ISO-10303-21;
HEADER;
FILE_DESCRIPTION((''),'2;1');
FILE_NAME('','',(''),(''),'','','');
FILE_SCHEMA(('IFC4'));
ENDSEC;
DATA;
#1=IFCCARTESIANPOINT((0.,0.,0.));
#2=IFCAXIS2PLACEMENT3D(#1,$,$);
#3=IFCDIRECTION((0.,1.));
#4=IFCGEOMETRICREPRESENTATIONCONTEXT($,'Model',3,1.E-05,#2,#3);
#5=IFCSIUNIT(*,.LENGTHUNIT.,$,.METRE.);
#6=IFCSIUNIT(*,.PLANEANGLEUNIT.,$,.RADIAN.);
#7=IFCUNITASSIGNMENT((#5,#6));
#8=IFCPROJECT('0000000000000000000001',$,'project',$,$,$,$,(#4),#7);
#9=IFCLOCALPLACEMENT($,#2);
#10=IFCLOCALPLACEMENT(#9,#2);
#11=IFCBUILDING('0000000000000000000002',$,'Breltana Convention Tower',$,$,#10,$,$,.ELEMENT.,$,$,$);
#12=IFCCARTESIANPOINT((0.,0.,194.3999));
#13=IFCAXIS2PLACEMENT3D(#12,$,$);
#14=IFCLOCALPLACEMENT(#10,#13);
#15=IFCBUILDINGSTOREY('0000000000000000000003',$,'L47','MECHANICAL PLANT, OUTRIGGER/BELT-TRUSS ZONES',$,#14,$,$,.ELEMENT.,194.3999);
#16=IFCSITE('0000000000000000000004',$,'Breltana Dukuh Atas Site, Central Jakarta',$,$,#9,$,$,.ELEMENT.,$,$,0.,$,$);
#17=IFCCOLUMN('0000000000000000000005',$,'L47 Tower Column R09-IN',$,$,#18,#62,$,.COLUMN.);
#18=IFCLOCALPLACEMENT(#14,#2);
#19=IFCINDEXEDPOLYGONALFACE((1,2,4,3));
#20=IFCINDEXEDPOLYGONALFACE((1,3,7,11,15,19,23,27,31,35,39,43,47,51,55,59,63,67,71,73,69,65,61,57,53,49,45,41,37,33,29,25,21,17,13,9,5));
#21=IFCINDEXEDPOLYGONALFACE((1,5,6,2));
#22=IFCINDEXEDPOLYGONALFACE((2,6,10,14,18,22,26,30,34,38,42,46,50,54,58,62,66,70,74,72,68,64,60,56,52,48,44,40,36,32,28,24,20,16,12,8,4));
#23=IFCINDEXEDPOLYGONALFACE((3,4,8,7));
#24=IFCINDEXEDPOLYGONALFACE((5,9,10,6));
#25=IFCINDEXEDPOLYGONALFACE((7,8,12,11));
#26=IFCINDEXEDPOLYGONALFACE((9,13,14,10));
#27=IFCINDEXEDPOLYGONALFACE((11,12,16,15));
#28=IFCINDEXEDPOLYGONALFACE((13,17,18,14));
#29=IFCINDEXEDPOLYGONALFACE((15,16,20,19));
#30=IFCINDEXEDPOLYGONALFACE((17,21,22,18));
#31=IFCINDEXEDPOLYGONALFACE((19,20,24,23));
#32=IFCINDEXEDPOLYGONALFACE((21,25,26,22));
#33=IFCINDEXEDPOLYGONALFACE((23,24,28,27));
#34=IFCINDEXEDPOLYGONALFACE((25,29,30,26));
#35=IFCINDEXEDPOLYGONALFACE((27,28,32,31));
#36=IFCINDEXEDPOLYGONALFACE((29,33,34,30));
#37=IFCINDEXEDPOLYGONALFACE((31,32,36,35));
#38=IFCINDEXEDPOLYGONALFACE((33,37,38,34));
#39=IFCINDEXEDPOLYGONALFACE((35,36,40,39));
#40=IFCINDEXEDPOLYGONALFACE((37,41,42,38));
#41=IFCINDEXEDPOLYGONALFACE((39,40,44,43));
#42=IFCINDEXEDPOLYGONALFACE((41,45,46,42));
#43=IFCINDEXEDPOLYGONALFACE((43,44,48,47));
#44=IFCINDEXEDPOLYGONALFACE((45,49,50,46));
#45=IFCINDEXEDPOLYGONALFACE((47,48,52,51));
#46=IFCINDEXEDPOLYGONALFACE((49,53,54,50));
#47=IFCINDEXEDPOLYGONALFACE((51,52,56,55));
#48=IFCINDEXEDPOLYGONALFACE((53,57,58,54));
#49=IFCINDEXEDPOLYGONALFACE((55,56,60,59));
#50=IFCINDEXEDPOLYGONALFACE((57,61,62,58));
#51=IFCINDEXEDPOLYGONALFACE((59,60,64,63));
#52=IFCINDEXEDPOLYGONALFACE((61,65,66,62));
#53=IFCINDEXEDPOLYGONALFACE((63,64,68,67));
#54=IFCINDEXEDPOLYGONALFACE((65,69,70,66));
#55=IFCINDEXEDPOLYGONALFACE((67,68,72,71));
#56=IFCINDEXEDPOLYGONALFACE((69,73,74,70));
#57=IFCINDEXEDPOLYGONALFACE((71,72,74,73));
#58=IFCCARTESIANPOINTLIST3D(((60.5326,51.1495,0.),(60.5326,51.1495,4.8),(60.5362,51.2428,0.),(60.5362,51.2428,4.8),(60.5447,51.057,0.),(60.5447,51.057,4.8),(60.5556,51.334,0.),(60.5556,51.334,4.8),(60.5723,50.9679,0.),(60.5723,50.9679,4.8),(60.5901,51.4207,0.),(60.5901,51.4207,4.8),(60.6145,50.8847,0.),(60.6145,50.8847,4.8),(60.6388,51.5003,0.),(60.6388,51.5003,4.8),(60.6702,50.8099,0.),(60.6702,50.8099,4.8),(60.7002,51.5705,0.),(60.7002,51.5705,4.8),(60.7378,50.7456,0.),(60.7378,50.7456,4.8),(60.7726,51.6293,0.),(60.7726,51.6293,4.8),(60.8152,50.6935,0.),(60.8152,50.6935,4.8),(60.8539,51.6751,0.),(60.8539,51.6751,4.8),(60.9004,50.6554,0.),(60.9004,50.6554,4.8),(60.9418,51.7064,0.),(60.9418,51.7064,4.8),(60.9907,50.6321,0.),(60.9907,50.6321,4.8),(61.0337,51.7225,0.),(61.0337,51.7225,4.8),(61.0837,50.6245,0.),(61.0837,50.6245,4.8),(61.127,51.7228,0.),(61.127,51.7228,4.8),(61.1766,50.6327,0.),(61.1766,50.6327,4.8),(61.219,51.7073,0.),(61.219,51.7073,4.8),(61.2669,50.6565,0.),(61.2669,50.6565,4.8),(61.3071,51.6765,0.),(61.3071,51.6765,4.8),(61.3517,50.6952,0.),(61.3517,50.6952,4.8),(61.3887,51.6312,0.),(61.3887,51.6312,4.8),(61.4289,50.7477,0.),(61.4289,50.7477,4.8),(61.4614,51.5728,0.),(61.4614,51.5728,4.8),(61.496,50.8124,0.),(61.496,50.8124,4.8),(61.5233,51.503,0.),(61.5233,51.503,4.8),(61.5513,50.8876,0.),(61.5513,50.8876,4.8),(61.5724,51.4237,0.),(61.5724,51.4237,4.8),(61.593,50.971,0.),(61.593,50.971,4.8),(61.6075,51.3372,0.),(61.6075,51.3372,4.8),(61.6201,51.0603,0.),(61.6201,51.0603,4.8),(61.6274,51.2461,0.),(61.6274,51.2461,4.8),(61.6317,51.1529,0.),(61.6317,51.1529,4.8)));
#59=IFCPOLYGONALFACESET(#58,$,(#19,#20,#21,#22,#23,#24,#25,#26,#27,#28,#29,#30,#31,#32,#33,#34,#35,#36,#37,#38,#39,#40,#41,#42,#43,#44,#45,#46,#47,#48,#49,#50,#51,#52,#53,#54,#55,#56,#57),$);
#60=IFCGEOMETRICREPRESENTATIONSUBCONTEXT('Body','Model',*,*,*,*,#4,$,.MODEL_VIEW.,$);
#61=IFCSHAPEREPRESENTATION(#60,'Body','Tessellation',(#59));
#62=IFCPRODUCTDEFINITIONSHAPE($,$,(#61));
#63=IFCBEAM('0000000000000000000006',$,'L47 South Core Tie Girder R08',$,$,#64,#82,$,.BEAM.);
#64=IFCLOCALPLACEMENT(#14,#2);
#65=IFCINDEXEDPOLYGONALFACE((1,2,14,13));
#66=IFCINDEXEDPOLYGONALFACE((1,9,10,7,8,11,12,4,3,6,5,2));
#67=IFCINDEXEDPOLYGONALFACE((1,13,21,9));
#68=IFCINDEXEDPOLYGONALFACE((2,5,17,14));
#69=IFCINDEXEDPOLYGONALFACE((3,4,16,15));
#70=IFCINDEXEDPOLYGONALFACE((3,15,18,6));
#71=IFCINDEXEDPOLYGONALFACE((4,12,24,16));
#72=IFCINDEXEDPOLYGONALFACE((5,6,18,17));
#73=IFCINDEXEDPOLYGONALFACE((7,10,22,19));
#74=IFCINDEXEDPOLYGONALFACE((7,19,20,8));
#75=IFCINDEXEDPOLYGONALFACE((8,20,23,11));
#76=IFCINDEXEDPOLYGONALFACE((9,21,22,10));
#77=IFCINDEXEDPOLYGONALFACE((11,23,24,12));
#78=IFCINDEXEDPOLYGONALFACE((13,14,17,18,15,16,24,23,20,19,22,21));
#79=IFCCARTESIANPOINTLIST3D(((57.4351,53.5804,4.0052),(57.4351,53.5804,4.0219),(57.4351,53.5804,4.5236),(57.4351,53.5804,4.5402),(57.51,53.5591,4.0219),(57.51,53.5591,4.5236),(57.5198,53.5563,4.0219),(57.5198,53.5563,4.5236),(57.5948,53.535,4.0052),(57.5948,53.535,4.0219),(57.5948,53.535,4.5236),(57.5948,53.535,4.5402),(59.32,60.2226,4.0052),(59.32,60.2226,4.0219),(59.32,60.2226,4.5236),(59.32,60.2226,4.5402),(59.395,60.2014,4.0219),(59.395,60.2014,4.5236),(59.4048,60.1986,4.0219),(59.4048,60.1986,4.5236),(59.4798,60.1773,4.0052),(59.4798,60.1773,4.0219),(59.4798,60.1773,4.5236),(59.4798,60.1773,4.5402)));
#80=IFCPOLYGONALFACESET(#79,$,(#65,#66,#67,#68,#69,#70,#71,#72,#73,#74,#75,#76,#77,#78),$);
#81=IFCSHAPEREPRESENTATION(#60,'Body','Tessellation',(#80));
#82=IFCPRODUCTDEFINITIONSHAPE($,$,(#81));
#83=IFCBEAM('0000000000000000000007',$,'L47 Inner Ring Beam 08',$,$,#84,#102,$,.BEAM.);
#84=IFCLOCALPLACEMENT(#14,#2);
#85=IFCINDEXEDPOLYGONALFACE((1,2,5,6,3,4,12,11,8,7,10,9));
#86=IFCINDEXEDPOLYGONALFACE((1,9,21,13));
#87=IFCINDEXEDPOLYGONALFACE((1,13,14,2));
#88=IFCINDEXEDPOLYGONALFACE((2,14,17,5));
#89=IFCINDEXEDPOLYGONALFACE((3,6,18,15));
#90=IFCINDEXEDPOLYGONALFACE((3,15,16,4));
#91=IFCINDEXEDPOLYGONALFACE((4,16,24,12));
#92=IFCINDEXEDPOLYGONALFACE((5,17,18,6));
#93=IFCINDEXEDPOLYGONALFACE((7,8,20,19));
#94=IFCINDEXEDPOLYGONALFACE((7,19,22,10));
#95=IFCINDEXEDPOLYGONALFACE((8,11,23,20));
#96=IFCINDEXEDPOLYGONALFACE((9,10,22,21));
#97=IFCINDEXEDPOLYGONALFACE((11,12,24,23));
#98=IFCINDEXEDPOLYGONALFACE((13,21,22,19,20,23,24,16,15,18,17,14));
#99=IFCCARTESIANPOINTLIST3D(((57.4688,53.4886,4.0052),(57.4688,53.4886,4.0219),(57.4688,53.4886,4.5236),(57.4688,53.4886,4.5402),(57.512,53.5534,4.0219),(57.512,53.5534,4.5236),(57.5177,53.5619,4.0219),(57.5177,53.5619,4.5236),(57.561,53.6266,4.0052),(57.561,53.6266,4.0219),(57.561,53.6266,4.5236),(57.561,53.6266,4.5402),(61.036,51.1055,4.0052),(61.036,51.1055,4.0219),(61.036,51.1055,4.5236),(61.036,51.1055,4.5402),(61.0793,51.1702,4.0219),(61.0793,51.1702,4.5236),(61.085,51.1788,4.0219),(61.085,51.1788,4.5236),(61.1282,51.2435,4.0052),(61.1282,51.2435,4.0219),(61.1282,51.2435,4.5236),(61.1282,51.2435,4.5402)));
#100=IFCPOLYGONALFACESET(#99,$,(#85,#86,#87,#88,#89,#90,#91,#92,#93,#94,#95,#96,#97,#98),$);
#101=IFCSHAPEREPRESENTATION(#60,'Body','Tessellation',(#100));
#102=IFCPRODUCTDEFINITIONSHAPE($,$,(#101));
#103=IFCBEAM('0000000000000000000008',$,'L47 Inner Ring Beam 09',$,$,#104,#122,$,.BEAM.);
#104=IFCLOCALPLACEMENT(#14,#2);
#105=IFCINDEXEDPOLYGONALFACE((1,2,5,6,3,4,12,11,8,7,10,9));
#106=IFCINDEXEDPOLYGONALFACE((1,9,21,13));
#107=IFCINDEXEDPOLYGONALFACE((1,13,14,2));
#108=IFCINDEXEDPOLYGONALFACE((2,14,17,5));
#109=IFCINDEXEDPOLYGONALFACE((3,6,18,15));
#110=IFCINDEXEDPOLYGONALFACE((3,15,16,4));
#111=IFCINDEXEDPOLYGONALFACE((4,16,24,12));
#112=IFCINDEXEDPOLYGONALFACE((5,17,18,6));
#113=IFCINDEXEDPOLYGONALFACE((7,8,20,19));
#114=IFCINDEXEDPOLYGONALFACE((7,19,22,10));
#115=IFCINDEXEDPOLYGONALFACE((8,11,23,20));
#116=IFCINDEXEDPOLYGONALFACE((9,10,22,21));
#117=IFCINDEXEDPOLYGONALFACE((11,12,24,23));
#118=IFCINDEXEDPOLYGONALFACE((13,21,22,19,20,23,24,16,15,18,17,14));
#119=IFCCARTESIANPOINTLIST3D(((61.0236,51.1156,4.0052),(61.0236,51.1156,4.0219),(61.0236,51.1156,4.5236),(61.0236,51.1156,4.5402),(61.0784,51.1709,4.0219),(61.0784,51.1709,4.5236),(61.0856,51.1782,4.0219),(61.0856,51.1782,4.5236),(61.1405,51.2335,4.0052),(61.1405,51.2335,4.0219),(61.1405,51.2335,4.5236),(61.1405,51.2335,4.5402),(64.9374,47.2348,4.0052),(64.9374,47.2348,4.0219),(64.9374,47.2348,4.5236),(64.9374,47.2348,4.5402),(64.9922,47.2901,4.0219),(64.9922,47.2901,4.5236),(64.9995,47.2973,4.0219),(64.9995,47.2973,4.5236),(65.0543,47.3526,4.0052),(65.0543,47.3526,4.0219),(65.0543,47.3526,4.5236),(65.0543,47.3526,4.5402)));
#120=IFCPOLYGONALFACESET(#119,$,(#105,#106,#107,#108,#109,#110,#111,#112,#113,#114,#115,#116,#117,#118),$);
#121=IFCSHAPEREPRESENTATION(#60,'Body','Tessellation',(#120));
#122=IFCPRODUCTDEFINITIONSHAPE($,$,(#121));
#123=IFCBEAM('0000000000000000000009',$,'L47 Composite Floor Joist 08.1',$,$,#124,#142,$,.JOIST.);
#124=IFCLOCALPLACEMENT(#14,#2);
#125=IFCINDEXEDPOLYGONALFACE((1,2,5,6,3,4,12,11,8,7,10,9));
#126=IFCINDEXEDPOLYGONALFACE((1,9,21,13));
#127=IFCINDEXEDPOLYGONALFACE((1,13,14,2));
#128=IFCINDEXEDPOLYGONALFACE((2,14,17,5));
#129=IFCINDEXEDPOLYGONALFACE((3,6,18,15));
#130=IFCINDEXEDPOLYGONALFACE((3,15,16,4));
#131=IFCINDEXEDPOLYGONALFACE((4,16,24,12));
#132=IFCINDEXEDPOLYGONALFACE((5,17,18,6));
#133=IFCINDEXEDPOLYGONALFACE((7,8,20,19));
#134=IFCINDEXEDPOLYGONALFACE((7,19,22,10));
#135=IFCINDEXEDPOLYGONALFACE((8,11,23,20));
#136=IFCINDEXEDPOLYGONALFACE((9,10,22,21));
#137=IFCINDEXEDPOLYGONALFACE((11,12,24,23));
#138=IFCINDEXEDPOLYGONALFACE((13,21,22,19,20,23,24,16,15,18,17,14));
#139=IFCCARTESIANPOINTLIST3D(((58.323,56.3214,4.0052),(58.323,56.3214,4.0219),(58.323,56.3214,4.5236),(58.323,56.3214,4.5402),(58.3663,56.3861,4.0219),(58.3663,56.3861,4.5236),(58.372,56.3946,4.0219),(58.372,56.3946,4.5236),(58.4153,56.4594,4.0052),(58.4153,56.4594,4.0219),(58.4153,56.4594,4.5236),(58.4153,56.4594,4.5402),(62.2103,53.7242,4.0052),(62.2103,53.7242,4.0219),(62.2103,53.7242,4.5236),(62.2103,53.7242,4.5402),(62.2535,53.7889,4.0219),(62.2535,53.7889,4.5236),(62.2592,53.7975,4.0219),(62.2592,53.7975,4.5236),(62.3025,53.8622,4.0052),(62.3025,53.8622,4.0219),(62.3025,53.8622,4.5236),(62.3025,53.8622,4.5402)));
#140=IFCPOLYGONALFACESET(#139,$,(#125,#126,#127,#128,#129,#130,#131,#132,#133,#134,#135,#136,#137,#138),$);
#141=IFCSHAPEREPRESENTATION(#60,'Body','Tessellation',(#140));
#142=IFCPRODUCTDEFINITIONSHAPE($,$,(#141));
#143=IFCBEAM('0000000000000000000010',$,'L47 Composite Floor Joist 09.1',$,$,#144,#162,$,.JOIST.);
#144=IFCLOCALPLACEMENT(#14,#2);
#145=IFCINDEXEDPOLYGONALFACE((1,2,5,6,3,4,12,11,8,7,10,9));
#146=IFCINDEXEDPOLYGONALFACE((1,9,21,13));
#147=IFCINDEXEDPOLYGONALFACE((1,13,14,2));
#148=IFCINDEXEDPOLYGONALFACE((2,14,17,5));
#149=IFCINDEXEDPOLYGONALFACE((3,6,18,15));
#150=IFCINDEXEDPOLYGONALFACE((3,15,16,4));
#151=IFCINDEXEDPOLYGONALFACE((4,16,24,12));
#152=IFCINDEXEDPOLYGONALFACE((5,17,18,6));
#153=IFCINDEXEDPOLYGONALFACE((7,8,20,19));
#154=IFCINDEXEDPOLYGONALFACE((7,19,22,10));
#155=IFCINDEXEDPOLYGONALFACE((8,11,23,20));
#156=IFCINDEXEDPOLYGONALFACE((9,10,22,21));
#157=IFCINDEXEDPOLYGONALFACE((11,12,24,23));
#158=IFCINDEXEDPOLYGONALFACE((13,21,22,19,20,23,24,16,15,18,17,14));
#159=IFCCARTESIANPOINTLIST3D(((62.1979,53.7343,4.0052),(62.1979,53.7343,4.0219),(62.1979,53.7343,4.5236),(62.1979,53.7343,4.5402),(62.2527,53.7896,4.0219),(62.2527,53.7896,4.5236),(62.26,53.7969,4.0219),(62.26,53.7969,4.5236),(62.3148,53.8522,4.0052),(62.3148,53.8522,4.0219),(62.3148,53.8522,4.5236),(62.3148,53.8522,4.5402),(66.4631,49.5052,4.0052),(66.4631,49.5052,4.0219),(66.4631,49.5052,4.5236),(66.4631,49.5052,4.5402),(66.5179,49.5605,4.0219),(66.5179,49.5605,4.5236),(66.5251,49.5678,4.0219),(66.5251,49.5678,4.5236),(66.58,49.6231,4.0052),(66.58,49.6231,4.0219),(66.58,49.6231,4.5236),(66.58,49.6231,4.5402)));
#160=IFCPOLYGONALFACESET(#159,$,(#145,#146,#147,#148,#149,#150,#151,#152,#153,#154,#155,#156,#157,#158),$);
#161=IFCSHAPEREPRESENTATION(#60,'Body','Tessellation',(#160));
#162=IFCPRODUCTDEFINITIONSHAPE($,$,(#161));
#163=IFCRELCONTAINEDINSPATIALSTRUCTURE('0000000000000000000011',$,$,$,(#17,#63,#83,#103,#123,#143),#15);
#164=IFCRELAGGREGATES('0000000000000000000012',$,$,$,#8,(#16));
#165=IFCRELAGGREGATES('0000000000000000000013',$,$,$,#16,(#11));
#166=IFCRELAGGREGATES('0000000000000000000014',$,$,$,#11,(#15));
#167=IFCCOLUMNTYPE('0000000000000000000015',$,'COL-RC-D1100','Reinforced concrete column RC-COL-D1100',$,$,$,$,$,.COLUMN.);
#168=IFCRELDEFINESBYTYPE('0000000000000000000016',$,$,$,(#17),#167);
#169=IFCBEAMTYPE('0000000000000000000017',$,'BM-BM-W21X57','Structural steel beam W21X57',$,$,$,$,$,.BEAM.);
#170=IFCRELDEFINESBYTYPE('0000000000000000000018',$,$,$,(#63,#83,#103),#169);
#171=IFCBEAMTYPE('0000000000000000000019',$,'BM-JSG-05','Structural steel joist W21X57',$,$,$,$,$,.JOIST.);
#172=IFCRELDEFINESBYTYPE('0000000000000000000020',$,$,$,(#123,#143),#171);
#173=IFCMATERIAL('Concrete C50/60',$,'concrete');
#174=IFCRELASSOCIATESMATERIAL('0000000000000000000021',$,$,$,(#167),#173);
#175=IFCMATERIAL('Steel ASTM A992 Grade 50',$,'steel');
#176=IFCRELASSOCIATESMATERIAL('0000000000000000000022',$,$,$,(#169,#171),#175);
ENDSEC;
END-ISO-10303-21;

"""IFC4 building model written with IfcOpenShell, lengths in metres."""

from ifc_helpers import new_model, si_unit, direction, frame, origin, origin_2d, place, context, subcontext, project, spatial, circle, i_section, extrude, source, transform, mapped, material, material_profile, profile_set, type_object, type_shapes, element, save


model = new_model("IFC4")

# Units and contexts
model_context = context("Model", 3, precision=1e-05, world=origin(), true_north=direction((0.0, 1.0)))
body_context = subcontext(model_context, "Body", "Model", "MODEL_VIEW")
ifc_project = project(units=[si_unit("LENGTHUNIT", "METRE"), si_unit("PLANEANGLEUNIT", "RADIAN")], contexts=[model_context])

# Site, building, storey
site_placement = place(None, origin())
site = spatial("IfcSite", under=ifc_project, at=site_placement, Name="Breltana Dukuh Atas Site, Central Jakarta", CompositionType="ELEMENT", RefElevation=0.0)
building_placement = place(site_placement, origin())
building = spatial("IfcBuilding", under=site, at=building_placement, Name="Breltana Convention Tower", CompositionType="ELEMENT")
storey_placement = place(building_placement, frame((0.0, 0.0, 194.3999)))
storey = spatial("IfcBuildingStorey", under=building, at=storey_placement, Name="L47", Description="MECHANICAL PLANT, OUTRIGGER/BELT-TRUSS ZONES", CompositionType="ELEMENT", Elevation=194.3999)

# Column
ifc_material_1 = material(Name="Concrete C50/60", Category="concrete")
ifc_material_profile_1 = material_profile(ifc_material_1, circle(Radius=0.55, at=origin_2d()), Name="RC-COL-D1100")
ifc_profile_set_1 = profile_set([ifc_material_profile_1], Name="Concrete C50/60")
column_type = type_object("IfcColumnType", Name="COL-RC-D1100", Description="Reinforced concrete column RC-COL-D1100", PredefinedType="COLUMN", material=ifc_profile_set_1)
shared_shape_1 = source(origin(), body_context, "Body", "SweptSolid", [
    extrude(circle(Radius=0.55, at=origin_2d()), origin(), (0.0, 0.0, 1.0), 4.8),
])
for number, where, z_axis, x_axis, name in (
    (1, (61.082, 51.1746, 0.0), (0.0, 0.0, 1.0), (0.409127, 0.912477, 0.0), "L47 Tower Column R09-IN"),
):
    element("IfcColumn", number, at=place(storey_placement, frame(where, z_axis=z_axis, x_axis=x_axis)), inside=storey, type_object=column_type, Name=name, PredefinedType="COLUMN", context=body_context, shape_type="MappedRepresentation", body=[
        mapped(shared_shape_1, transform((0.0, 0.0, 0.0), scale=1.0)),
    ])

# Beams
ifc_material_2 = material(Name="Steel ASTM A992 Grade 50", Category="steel")
ifc_material_profile_2 = material_profile(ifc_material_2, i_section(OverallWidth=0.166, OverallDepth=0.5349, WebThickness=0.0103, FlangeThickness=0.0166, at=origin_2d()), Name="W21X57")
ifc_profile_set_2 = profile_set([ifc_material_profile_2], Name="Steel ASTM A992 Grade 50")
beam_type_1 = type_object("IfcBeamType", Name="BM-BM-W21X57", Description="Structural steel beam W21X57", PredefinedType="BEAM", material=ifc_profile_set_2)
shared_shape_2 = source(origin(), body_context, "Body", "SweptSolid", [
    extrude(i_section(OverallWidth=0.166, OverallDepth=0.5349, WebThickness=0.0103, FlangeThickness=0.0166, at=origin_2d()), origin(), (0.0, 0.0, 1.0), 6.9045),
])
type_shapes(beam_type_1, [shared_shape_2])
beam_1_placement = place(storey_placement, frame((59.3999, 60.2, 4.2727), z_axis=(-0.273007, -0.962012, 0.0), x_axis=(0.962012, -0.273007, 0.0)))
element("IfcBeam", 2, at=beam_1_placement, inside=storey, type_object=beam_type_1, Name="L47 South Core Tie Girder R08", PredefinedType="BEAM", context=body_context, shape_type="MappedRepresentation", body=[
    mapped(shared_shape_2, transform((0.0, 0.0, 0.0), scale=1.0)),
])
shared_shape_3 = source(origin(), body_context, "Body", "SweptSolid", [
    extrude(i_section(OverallWidth=0.166, OverallDepth=0.5349, WebThickness=0.0103, FlangeThickness=0.0166, at=origin_2d()), origin(), (0.0, 0.0, 1.0), 4.29),
])
beam_2_placement = place(storey_placement, frame((57.5149, 53.5576, 4.2727), z_axis=(0.831516, -0.555501, 0.0), x_axis=(0.555501, 0.831516, 0.0)))
element("IfcBeam", 3, at=beam_2_placement, inside=storey, type_object=beam_type_1, Name="L47 Inner Ring Beam 08", PredefinedType="BEAM", context=body_context, shape_type="MappedRepresentation", body=[
    mapped(shared_shape_3, transform((0.0, 0.0, 0.0), scale=1.0)),
])
shared_shape_4 = source(origin(), body_context, "Body", "SweptSolid", [
    extrude(i_section(OverallWidth=0.166, OverallDepth=0.5349, WebThickness=0.0103, FlangeThickness=0.0166, at=origin_2d()), origin(), (0.0, 0.0, 1.0), 5.5117),
])
beam_3_placement = place(storey_placement, frame((61.082, 51.1746, 4.2727), z_axis=(0.71009, -0.704111, 0.0), x_axis=(0.704111, 0.71009, 0.0)))
element("IfcBeam", 4, at=beam_3_placement, inside=storey, type_object=beam_type_1, Name="L47 Inner Ring Beam 09", PredefinedType="BEAM", context=body_context, shape_type="MappedRepresentation", body=[
    mapped(shared_shape_4, transform((0.0, 0.0, 0.0), scale=1.0)),
])
ifc_material_profile_3 = material_profile(ifc_material_2, i_section(OverallWidth=0.166, OverallDepth=0.5349, WebThickness=0.0103, FlangeThickness=0.0166, at=origin_2d()), Name="W21X57")
ifc_profile_set_3 = profile_set([ifc_material_profile_3], Name="Steel ASTM A992 Grade 50")
beam_type_2 = type_object("IfcBeamType", Name="BM-JSG-05", Description="Structural steel joist W21X57", PredefinedType="JOIST", material=ifc_profile_set_3)
shared_shape_5 = source(origin(), body_context, "Body", "SweptSolid", [
    extrude(i_section(OverallWidth=0.166, OverallDepth=0.5349, WebThickness=0.0103, FlangeThickness=0.0166, at=origin_2d()), origin(), (0.0, 0.0, 1.0), 4.675),
])
beam_4_placement = place(storey_placement, frame((58.3691, 56.3904, 4.2727), z_axis=(0.831487, -0.555544, 0.0), x_axis=(0.555544, 0.831487, 0.0)))
element("IfcBeam", 5, at=beam_4_placement, inside=storey, type_object=beam_type_2, Name="L47 Composite Floor Joist 08.1", PredefinedType="JOIST", context=body_context, shape_type="MappedRepresentation", body=[
    mapped(shared_shape_5, transform((0.0, 0.0, 0.0), scale=1.0)),
])
shared_shape_6 = source(origin(), body_context, "Body", "SweptSolid", [
    extrude(i_section(OverallWidth=0.166, OverallDepth=0.5349, WebThickness=0.0103, FlangeThickness=0.0166, at=origin_2d()), origin(), (0.0, 0.0, 1.0), 6.0063),
])
beam_5_placement = place(storey_placement, frame((62.2563, 53.7932, 4.2727), z_axis=(0.710108, -0.704092, 0.0), x_axis=(0.704092, 0.710108, 0.0)))
element("IfcBeam", 6, at=beam_5_placement, inside=storey, type_object=beam_type_2, Name="L47 Composite Floor Joist 09.1", PredefinedType="JOIST", context=body_context, shape_type="MappedRepresentation", body=[
    mapped(shared_shape_6, transform((0.0, 0.0, 0.0), scale=1.0)),
])

save(model, "model.ifc")
